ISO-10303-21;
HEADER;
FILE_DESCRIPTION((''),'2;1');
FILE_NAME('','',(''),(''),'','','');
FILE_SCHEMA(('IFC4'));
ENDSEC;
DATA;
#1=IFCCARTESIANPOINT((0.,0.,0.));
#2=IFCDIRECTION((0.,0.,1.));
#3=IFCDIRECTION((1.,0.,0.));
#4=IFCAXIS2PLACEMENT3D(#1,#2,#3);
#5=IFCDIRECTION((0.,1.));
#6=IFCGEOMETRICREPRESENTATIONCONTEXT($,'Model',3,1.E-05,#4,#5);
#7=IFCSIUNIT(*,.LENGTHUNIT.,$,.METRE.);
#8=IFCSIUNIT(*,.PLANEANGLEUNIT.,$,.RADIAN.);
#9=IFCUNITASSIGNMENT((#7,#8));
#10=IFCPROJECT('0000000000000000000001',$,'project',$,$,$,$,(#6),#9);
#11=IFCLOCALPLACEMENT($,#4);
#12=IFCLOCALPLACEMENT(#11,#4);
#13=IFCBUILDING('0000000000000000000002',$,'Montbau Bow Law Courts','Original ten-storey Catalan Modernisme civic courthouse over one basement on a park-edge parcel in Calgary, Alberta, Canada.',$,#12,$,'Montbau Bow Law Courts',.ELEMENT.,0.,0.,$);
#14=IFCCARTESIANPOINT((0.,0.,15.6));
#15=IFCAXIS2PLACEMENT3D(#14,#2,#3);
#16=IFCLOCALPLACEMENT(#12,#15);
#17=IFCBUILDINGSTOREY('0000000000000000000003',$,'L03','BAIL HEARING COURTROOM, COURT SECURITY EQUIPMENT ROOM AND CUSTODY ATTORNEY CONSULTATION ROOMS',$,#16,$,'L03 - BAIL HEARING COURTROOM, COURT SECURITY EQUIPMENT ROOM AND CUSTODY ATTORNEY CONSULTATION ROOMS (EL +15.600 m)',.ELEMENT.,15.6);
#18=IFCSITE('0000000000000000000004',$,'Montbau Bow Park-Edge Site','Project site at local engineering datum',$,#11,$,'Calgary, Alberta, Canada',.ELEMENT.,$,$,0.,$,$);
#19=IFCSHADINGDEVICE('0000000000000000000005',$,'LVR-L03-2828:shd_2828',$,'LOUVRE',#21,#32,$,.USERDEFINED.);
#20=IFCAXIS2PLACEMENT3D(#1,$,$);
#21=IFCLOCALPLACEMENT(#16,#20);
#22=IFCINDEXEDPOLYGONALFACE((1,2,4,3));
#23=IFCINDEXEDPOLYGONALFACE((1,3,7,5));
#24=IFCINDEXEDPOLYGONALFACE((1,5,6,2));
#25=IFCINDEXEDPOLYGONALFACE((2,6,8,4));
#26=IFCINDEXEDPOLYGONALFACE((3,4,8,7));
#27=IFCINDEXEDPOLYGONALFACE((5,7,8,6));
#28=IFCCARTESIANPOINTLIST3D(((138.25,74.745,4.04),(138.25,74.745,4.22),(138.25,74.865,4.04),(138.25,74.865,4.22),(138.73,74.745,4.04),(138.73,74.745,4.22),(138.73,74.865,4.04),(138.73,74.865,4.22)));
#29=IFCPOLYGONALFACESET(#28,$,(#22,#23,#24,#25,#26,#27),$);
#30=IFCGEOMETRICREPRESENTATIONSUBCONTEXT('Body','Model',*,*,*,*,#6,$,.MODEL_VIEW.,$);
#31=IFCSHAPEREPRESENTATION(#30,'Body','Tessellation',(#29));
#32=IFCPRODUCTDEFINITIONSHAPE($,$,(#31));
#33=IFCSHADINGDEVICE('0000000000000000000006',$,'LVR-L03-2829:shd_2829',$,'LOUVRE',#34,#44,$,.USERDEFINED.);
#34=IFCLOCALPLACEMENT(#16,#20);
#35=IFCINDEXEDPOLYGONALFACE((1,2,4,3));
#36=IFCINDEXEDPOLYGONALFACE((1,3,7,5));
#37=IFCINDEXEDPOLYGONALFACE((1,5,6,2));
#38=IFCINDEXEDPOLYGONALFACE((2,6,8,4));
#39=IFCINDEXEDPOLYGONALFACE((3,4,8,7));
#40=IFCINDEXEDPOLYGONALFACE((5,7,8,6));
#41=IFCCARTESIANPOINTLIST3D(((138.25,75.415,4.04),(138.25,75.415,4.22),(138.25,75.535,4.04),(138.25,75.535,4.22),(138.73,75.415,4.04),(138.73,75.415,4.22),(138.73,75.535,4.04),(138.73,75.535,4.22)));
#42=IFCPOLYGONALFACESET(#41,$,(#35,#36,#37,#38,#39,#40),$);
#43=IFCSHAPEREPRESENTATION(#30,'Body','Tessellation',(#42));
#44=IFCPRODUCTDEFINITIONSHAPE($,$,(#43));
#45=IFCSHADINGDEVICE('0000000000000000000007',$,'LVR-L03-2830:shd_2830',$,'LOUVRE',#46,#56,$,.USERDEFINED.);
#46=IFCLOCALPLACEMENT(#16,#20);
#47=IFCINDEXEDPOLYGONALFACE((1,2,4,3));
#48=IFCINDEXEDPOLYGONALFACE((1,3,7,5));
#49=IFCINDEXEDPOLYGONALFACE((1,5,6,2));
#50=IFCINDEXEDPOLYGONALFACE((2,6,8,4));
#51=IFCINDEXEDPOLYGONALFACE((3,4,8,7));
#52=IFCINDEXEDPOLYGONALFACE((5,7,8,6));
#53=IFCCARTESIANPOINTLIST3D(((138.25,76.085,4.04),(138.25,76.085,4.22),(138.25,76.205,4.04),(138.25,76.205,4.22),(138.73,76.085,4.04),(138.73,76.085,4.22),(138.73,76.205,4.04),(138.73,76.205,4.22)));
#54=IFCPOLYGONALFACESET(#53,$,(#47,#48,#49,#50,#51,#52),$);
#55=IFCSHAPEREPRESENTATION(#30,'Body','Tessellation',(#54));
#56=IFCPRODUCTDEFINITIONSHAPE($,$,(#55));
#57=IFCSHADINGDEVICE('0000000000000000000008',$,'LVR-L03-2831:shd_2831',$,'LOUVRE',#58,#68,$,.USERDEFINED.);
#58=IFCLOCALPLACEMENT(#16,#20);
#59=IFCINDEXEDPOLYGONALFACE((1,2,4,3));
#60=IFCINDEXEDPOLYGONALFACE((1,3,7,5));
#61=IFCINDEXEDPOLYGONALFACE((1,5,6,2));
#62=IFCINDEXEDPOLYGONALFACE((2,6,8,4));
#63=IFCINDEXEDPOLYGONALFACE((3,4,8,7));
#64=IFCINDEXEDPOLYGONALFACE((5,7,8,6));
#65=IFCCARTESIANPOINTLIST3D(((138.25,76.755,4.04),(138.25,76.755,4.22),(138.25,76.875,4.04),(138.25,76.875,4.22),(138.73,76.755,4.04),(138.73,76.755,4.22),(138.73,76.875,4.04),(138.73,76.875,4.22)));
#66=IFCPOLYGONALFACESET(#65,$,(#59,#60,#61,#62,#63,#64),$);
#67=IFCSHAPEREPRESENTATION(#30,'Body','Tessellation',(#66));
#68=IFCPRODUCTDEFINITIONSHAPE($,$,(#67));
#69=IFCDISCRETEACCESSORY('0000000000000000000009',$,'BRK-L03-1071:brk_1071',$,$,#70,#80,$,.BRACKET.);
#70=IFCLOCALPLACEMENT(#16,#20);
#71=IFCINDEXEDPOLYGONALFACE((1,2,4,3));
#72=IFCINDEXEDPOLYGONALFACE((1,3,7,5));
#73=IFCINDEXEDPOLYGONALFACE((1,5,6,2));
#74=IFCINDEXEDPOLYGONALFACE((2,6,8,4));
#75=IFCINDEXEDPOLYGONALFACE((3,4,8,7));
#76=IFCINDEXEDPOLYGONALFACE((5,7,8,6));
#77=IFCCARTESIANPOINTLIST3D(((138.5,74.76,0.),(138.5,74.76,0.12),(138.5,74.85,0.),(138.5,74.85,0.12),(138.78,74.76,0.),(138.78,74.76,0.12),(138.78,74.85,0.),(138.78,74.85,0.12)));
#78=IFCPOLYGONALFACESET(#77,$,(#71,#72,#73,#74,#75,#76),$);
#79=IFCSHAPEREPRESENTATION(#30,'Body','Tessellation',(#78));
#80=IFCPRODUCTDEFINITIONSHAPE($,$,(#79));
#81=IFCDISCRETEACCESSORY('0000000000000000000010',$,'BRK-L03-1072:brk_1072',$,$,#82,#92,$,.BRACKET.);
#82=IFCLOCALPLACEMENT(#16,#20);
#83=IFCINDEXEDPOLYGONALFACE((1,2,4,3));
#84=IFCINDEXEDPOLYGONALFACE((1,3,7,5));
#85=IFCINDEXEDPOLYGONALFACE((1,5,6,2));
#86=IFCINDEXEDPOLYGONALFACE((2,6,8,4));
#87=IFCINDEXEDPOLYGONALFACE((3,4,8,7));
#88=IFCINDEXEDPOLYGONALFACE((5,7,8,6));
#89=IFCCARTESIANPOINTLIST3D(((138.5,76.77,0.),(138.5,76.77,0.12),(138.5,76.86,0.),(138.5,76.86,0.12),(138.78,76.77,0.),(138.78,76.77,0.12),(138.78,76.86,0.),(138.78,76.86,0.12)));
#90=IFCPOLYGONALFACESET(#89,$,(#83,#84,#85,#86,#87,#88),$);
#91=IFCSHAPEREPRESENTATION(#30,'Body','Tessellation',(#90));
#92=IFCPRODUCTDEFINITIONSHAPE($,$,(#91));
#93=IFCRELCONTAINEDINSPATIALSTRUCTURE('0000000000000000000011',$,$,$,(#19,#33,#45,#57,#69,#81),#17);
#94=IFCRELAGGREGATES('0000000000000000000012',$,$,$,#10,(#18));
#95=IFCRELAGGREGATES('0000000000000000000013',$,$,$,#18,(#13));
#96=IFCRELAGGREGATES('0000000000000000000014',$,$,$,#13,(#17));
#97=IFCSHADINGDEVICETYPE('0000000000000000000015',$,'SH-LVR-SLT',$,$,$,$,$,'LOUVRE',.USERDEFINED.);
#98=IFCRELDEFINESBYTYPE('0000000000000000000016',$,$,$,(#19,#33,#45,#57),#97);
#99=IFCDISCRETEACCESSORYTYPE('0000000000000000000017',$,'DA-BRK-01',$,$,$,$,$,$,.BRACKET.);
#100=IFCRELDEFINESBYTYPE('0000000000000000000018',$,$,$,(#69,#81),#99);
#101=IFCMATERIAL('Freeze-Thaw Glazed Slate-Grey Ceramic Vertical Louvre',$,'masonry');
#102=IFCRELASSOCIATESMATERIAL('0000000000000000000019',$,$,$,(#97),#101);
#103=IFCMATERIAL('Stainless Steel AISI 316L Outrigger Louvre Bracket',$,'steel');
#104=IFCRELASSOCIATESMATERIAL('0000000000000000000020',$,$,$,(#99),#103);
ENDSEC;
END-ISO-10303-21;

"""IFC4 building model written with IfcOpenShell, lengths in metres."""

from ifc_helpers import new_model, si_unit, direction, frame, origin_with_axes, origin_2d_with_axis, place, context, subcontext, project, spatial, rectangle, extrude, material, type_object, element, save


model = new_model("IFC4")

# Units and contexts
model_context = context("Model", 3, precision=1e-05, world=origin_with_axes(), true_north=direction((0.0, 1.0)))
body_context = subcontext(model_context, "Body", "Model", "MODEL_VIEW")
ifc_project = project(units=[si_unit("LENGTHUNIT", "METRE"), si_unit("PLANEANGLEUNIT", "RADIAN")], contexts=[model_context])

# Site, building, storey
site_placement = place(None, origin_with_axes())
site = spatial("IfcSite", under=ifc_project, at=site_placement, Name="Montbau Bow Park-Edge Site", Description="Project site at local engineering datum", LongName="Calgary, Alberta, Canada", CompositionType="ELEMENT", RefElevation=0.0)
building_placement = place(site_placement, origin_with_axes())
building = spatial("IfcBuilding", under=site, at=building_placement, Name="Montbau Bow Law Courts", Description="Original ten-storey Catalan Modernisme civic courthouse over one basement on a park-edge parcel in Calgary, Alberta, Canada.", LongName="Montbau Bow Law Courts", CompositionType="ELEMENT", ElevationOfRefHeight=0.0, ElevationOfTerrain=0.0)
storey_placement = place(building_placement, frame((0.0, 0.0, 15.6), z_axis=(0.0, 0.0, 1.0), x_axis=(1.0, 0.0, 0.0)))
storey = spatial("IfcBuildingStorey", under=building, at=storey_placement, Name="L03", Description="BAIL HEARING COURTROOM, COURT SECURITY EQUIPMENT ROOM AND CUSTODY ATTORNEY CONSULTATION ROOMS", LongName="L03 - BAIL HEARING COURTROOM, COURT SECURITY EQUIPMENT ROOM AND CUSTODY ATTORNEY CONSULTATION ROOMS (EL +15.600 m)", CompositionType="ELEMENT", Elevation=15.6)

# Shared definitions
ifc_material_1 = material(Name="Freeze-Thaw Glazed Slate-Grey Ceramic Vertical Louvre", Category="masonry")

# Shading devices
shading_device_type = type_object("IfcShadingDeviceType", Name="SH-LVR-SLT", ElementType="LOUVRE", PredefinedType="USERDEFINED", material=ifc_material_1)
for number, where, z_axis, x_axis, name in (
    (1, (138.49, 74.805, 19.64), (0.0, 0.0, 1.0), (-1.0, 0.0, 0.0), "LVR-L03-2828:shd_2828"),
    (2, (138.49, 75.475, 19.64), (0.0, 0.0, 1.0), (-1.0, 0.0, 0.0), "LVR-L03-2829:shd_2829"),
    (3, (138.49, 76.145, 19.64), (0.0, 0.0, 1.0), (-1.0, 0.0, 0.0), "LVR-L03-2830:shd_2830"),
    (4, (138.49, 76.815, 19.64), (0.0, 0.0, 1.0), (-1.0, 0.0, 0.0), "LVR-L03-2831:shd_2831"),
):
    element("IfcShadingDevice", number, at=place(None, frame(where, z_axis=z_axis, x_axis=x_axis)), inside=storey, type_object=shading_device_type, Name=name, ObjectType="LOUVRE", PredefinedType="USERDEFINED", context=body_context, shape_type="SweptSolid", body=[
        extrude(rectangle(XDim=0.48, YDim=0.12, at=origin_2d_with_axis()), origin_with_axes(), (0.0, 0.0, 1.0), 0.18),
    ])

# Discrete accessories
ifc_material_2 = material(Name="Stainless Steel AISI 316L Outrigger Louvre Bracket", Category="steel")
discrete_accessory_type = type_object("IfcDiscreteAccessoryType", Name="DA-BRK-01", PredefinedType="BRACKET", material=ifc_material_2)
for number, where, z_axis, x_axis, name in (
    (5, (138.64, 74.805, 15.6), (0.0, 0.0, 1.0), (-1.0, 0.0, 0.0), "BRK-L03-1071:brk_1071"),
    (6, (138.64, 76.815, 15.6), (0.0, 0.0, 1.0), (-1.0, 0.0, 0.0), "BRK-L03-1072:brk_1072"),
):
    element("IfcDiscreteAccessory", number, at=place(None, frame(where, z_axis=z_axis, x_axis=x_axis)), inside=storey, type_object=discrete_accessory_type, Name=name, PredefinedType="BRACKET", context=body_context, shape_type="SweptSolid", body=[
        extrude(rectangle(XDim=0.28, YDim=0.09, at=origin_2d_with_axis()), origin_with_axes(), (0.0, 0.0, 1.0), 0.12),
    ])

save(model, "model.ifc")
